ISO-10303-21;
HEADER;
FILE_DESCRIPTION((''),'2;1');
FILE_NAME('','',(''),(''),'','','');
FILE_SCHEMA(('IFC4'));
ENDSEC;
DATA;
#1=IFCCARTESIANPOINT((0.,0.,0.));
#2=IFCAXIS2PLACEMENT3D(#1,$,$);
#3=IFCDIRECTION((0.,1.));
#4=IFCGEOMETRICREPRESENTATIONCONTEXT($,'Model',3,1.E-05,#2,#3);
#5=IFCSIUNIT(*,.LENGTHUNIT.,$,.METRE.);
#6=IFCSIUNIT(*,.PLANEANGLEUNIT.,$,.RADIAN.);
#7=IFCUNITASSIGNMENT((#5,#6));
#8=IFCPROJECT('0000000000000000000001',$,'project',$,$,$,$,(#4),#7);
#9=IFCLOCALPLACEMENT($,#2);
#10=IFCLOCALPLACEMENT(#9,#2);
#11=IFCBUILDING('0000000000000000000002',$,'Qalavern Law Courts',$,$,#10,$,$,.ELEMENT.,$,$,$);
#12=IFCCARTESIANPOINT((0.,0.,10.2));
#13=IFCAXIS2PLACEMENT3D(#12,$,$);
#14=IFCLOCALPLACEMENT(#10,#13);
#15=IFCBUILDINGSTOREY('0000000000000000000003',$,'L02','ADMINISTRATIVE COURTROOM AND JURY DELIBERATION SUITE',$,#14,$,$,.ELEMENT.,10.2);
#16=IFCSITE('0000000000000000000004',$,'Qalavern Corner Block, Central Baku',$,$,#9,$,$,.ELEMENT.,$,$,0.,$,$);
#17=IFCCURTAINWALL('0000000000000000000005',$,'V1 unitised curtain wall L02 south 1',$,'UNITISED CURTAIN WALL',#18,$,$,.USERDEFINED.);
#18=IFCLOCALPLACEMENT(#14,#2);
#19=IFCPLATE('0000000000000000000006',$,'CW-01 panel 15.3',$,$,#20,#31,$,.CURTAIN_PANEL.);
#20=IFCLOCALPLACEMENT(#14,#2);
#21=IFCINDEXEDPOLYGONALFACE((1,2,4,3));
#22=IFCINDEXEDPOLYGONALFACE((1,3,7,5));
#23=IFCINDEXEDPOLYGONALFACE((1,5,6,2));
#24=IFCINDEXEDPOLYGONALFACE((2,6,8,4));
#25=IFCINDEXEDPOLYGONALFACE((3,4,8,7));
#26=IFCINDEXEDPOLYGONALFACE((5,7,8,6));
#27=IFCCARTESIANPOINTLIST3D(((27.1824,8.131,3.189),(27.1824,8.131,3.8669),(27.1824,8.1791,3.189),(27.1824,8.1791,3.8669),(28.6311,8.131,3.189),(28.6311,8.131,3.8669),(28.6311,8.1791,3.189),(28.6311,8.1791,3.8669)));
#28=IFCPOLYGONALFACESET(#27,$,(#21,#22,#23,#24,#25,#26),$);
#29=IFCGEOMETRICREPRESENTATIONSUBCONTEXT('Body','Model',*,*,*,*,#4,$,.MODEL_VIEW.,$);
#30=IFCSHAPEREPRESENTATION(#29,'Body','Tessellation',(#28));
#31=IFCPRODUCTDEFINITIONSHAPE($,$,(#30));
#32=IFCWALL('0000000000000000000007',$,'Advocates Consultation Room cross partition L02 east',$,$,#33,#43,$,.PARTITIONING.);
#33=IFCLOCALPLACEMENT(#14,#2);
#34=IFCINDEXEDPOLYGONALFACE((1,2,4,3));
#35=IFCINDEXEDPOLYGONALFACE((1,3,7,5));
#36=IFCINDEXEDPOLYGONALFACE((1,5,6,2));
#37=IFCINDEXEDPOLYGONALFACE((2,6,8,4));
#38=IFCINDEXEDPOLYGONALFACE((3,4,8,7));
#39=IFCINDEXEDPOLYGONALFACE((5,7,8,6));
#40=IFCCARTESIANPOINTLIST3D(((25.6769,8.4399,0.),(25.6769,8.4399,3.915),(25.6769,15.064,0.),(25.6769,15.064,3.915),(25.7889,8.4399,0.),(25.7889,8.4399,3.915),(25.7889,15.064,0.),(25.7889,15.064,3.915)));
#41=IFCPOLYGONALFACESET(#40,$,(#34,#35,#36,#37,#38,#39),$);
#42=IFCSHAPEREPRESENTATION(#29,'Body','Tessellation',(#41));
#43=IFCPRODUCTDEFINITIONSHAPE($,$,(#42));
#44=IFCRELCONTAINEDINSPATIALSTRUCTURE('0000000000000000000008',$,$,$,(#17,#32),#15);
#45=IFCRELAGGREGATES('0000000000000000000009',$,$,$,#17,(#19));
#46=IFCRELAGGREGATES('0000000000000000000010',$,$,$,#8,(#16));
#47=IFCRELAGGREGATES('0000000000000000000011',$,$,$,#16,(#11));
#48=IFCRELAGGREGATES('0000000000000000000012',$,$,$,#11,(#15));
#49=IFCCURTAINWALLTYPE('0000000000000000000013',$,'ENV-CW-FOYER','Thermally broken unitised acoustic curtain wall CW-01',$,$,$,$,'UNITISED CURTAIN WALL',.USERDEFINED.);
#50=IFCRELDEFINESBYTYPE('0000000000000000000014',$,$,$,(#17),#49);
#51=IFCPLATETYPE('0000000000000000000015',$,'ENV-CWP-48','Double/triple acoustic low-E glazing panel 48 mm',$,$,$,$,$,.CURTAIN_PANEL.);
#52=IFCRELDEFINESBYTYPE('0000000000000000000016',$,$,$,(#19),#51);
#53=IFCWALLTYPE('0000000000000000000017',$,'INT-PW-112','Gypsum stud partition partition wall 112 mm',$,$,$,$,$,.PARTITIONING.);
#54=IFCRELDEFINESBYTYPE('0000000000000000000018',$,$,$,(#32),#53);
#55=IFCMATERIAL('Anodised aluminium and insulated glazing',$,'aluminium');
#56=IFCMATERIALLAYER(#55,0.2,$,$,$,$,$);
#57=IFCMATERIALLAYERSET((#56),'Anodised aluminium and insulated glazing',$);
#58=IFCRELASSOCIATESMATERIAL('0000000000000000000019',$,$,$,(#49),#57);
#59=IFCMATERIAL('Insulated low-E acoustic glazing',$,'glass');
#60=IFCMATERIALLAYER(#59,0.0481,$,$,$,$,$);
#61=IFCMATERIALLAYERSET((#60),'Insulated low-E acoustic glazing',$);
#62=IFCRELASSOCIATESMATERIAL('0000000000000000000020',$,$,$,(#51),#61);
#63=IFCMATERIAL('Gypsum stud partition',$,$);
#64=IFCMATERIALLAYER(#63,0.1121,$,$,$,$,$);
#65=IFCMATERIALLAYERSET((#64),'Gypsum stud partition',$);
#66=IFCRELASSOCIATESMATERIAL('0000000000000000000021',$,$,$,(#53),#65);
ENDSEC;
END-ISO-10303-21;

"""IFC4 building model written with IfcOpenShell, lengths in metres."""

from ifc_helpers import new_model, si_unit, direction, frame, frame_2d, origin, origin_2d, place, context, subcontext, project, spatial, rectangle, extrude, material, layer, layer_set, type_object, element, aggregate, save


model = new_model("IFC4")

# Units and contexts
model_context = context("Model", 3, precision=1e-05, world=origin(), true_north=direction((0.0, 1.0)))
body_context = subcontext(model_context, "Body", "Model", "MODEL_VIEW")
ifc_project = project(units=[si_unit("LENGTHUNIT", "METRE"), si_unit("PLANEANGLEUNIT", "RADIAN")], contexts=[model_context])

# Site, building, storey
site_placement = place(None, origin())
site = spatial("IfcSite", under=ifc_project, at=site_placement, Name="Qalavern Corner Block, Central Baku", CompositionType="ELEMENT", RefElevation=0.0)
building_placement = place(site_placement, origin())
building = spatial("IfcBuilding", under=site, at=building_placement, Name="Qalavern Law Courts", CompositionType="ELEMENT")
storey_placement = place(building_placement, frame((0.0, 0.0, 10.2)))
storey = spatial("IfcBuildingStorey", under=building, at=storey_placement, Name="L02", Description="ADMINISTRATIVE COURTROOM AND JURY DELIBERATION SUITE", CompositionType="ELEMENT", Elevation=10.2)

# Curtain wall
ifc_material_1 = material(Name="Anodised aluminium and insulated glazing", Category="aluminium")
ifc_layer_1 = layer(ifc_material_1, 0.2)
ifc_layer_set_1 = layer_set([ifc_layer_1], Name="Anodised aluminium and insulated glazing")
curtain_wall_type = type_object("IfcCurtainWallType", Name="ENV-CW-FOYER", Description="Thermally broken unitised acoustic curtain wall CW-01", ElementType="UNITISED CURTAIN WALL", PredefinedType="USERDEFINED", material=ifc_layer_set_1)
curtain_wall_placement = place(storey_placement, origin())
curtain_wall = element("IfcCurtainWall", 1, at=curtain_wall_placement, inside=storey, type_object=curtain_wall_type, Name="V1 unitised curtain wall L02 south 1", ObjectType="UNITISED CURTAIN WALL", PredefinedType="USERDEFINED")

# Plate
ifc_material_2 = material(Name="Insulated low-E acoustic glazing", Category="glass")
ifc_layer_2 = layer(ifc_material_2, 0.0481)
ifc_layer_set_2 = layer_set([ifc_layer_2], Name="Insulated low-E acoustic glazing")
plate_type = type_object("IfcPlateType", Name="ENV-CWP-48", Description="Double/triple acoustic low-E glazing panel 48 mm", PredefinedType="CURTAIN_PANEL", material=ifc_layer_set_2)
plate_1_placement = place(storey_placement, frame((27.9067, 8.155, 3.189), z_axis=(0.0, 0.0, 1.0), x_axis=(1.0, 0.0, 0.0)))
plate_1 = element("IfcPlate", 2, at=plate_1_placement, type_object=plate_type, Name="CW-01 panel 15.3", PredefinedType="CURTAIN_PANEL", context=body_context, shape_type="SweptSolid", body=[
    extrude(rectangle(XDim=1.4487, YDim=0.0481, at=origin_2d()), origin(), (0.0, 0.0, 1.0), 0.678),
])
aggregate(curtain_wall, [plate_1])

# Wall
ifc_material_3 = material(Name="Gypsum stud partition")
ifc_layer_3 = layer(ifc_material_3, 0.1121)
ifc_layer_set_3 = layer_set([ifc_layer_3], Name="Gypsum stud partition")
wall_type = type_object("IfcWallType", Name="INT-PW-112", Description="Gypsum stud partition partition wall 112 mm", PredefinedType="PARTITIONING", material=ifc_layer_set_3)
wall_placement = place(storey_placement, frame((25.7329, 8.4399, 0.0), z_axis=(0.0, 0.0, 1.0), x_axis=(0.0, 1.0, 0.0)))
element("IfcWall", 3, at=wall_placement, inside=storey, type_object=wall_type, Name="Advocates Consultation Room cross partition L02 east", PredefinedType="PARTITIONING", context=body_context, shape_type="SweptSolid", body=[
    extrude(rectangle(XDim=6.624, YDim=0.1121, at=frame_2d((3.312, 0.0))), origin(), (0.0, 0.0, 1.0), 3.915),
])

save(model, "model.ifc")
